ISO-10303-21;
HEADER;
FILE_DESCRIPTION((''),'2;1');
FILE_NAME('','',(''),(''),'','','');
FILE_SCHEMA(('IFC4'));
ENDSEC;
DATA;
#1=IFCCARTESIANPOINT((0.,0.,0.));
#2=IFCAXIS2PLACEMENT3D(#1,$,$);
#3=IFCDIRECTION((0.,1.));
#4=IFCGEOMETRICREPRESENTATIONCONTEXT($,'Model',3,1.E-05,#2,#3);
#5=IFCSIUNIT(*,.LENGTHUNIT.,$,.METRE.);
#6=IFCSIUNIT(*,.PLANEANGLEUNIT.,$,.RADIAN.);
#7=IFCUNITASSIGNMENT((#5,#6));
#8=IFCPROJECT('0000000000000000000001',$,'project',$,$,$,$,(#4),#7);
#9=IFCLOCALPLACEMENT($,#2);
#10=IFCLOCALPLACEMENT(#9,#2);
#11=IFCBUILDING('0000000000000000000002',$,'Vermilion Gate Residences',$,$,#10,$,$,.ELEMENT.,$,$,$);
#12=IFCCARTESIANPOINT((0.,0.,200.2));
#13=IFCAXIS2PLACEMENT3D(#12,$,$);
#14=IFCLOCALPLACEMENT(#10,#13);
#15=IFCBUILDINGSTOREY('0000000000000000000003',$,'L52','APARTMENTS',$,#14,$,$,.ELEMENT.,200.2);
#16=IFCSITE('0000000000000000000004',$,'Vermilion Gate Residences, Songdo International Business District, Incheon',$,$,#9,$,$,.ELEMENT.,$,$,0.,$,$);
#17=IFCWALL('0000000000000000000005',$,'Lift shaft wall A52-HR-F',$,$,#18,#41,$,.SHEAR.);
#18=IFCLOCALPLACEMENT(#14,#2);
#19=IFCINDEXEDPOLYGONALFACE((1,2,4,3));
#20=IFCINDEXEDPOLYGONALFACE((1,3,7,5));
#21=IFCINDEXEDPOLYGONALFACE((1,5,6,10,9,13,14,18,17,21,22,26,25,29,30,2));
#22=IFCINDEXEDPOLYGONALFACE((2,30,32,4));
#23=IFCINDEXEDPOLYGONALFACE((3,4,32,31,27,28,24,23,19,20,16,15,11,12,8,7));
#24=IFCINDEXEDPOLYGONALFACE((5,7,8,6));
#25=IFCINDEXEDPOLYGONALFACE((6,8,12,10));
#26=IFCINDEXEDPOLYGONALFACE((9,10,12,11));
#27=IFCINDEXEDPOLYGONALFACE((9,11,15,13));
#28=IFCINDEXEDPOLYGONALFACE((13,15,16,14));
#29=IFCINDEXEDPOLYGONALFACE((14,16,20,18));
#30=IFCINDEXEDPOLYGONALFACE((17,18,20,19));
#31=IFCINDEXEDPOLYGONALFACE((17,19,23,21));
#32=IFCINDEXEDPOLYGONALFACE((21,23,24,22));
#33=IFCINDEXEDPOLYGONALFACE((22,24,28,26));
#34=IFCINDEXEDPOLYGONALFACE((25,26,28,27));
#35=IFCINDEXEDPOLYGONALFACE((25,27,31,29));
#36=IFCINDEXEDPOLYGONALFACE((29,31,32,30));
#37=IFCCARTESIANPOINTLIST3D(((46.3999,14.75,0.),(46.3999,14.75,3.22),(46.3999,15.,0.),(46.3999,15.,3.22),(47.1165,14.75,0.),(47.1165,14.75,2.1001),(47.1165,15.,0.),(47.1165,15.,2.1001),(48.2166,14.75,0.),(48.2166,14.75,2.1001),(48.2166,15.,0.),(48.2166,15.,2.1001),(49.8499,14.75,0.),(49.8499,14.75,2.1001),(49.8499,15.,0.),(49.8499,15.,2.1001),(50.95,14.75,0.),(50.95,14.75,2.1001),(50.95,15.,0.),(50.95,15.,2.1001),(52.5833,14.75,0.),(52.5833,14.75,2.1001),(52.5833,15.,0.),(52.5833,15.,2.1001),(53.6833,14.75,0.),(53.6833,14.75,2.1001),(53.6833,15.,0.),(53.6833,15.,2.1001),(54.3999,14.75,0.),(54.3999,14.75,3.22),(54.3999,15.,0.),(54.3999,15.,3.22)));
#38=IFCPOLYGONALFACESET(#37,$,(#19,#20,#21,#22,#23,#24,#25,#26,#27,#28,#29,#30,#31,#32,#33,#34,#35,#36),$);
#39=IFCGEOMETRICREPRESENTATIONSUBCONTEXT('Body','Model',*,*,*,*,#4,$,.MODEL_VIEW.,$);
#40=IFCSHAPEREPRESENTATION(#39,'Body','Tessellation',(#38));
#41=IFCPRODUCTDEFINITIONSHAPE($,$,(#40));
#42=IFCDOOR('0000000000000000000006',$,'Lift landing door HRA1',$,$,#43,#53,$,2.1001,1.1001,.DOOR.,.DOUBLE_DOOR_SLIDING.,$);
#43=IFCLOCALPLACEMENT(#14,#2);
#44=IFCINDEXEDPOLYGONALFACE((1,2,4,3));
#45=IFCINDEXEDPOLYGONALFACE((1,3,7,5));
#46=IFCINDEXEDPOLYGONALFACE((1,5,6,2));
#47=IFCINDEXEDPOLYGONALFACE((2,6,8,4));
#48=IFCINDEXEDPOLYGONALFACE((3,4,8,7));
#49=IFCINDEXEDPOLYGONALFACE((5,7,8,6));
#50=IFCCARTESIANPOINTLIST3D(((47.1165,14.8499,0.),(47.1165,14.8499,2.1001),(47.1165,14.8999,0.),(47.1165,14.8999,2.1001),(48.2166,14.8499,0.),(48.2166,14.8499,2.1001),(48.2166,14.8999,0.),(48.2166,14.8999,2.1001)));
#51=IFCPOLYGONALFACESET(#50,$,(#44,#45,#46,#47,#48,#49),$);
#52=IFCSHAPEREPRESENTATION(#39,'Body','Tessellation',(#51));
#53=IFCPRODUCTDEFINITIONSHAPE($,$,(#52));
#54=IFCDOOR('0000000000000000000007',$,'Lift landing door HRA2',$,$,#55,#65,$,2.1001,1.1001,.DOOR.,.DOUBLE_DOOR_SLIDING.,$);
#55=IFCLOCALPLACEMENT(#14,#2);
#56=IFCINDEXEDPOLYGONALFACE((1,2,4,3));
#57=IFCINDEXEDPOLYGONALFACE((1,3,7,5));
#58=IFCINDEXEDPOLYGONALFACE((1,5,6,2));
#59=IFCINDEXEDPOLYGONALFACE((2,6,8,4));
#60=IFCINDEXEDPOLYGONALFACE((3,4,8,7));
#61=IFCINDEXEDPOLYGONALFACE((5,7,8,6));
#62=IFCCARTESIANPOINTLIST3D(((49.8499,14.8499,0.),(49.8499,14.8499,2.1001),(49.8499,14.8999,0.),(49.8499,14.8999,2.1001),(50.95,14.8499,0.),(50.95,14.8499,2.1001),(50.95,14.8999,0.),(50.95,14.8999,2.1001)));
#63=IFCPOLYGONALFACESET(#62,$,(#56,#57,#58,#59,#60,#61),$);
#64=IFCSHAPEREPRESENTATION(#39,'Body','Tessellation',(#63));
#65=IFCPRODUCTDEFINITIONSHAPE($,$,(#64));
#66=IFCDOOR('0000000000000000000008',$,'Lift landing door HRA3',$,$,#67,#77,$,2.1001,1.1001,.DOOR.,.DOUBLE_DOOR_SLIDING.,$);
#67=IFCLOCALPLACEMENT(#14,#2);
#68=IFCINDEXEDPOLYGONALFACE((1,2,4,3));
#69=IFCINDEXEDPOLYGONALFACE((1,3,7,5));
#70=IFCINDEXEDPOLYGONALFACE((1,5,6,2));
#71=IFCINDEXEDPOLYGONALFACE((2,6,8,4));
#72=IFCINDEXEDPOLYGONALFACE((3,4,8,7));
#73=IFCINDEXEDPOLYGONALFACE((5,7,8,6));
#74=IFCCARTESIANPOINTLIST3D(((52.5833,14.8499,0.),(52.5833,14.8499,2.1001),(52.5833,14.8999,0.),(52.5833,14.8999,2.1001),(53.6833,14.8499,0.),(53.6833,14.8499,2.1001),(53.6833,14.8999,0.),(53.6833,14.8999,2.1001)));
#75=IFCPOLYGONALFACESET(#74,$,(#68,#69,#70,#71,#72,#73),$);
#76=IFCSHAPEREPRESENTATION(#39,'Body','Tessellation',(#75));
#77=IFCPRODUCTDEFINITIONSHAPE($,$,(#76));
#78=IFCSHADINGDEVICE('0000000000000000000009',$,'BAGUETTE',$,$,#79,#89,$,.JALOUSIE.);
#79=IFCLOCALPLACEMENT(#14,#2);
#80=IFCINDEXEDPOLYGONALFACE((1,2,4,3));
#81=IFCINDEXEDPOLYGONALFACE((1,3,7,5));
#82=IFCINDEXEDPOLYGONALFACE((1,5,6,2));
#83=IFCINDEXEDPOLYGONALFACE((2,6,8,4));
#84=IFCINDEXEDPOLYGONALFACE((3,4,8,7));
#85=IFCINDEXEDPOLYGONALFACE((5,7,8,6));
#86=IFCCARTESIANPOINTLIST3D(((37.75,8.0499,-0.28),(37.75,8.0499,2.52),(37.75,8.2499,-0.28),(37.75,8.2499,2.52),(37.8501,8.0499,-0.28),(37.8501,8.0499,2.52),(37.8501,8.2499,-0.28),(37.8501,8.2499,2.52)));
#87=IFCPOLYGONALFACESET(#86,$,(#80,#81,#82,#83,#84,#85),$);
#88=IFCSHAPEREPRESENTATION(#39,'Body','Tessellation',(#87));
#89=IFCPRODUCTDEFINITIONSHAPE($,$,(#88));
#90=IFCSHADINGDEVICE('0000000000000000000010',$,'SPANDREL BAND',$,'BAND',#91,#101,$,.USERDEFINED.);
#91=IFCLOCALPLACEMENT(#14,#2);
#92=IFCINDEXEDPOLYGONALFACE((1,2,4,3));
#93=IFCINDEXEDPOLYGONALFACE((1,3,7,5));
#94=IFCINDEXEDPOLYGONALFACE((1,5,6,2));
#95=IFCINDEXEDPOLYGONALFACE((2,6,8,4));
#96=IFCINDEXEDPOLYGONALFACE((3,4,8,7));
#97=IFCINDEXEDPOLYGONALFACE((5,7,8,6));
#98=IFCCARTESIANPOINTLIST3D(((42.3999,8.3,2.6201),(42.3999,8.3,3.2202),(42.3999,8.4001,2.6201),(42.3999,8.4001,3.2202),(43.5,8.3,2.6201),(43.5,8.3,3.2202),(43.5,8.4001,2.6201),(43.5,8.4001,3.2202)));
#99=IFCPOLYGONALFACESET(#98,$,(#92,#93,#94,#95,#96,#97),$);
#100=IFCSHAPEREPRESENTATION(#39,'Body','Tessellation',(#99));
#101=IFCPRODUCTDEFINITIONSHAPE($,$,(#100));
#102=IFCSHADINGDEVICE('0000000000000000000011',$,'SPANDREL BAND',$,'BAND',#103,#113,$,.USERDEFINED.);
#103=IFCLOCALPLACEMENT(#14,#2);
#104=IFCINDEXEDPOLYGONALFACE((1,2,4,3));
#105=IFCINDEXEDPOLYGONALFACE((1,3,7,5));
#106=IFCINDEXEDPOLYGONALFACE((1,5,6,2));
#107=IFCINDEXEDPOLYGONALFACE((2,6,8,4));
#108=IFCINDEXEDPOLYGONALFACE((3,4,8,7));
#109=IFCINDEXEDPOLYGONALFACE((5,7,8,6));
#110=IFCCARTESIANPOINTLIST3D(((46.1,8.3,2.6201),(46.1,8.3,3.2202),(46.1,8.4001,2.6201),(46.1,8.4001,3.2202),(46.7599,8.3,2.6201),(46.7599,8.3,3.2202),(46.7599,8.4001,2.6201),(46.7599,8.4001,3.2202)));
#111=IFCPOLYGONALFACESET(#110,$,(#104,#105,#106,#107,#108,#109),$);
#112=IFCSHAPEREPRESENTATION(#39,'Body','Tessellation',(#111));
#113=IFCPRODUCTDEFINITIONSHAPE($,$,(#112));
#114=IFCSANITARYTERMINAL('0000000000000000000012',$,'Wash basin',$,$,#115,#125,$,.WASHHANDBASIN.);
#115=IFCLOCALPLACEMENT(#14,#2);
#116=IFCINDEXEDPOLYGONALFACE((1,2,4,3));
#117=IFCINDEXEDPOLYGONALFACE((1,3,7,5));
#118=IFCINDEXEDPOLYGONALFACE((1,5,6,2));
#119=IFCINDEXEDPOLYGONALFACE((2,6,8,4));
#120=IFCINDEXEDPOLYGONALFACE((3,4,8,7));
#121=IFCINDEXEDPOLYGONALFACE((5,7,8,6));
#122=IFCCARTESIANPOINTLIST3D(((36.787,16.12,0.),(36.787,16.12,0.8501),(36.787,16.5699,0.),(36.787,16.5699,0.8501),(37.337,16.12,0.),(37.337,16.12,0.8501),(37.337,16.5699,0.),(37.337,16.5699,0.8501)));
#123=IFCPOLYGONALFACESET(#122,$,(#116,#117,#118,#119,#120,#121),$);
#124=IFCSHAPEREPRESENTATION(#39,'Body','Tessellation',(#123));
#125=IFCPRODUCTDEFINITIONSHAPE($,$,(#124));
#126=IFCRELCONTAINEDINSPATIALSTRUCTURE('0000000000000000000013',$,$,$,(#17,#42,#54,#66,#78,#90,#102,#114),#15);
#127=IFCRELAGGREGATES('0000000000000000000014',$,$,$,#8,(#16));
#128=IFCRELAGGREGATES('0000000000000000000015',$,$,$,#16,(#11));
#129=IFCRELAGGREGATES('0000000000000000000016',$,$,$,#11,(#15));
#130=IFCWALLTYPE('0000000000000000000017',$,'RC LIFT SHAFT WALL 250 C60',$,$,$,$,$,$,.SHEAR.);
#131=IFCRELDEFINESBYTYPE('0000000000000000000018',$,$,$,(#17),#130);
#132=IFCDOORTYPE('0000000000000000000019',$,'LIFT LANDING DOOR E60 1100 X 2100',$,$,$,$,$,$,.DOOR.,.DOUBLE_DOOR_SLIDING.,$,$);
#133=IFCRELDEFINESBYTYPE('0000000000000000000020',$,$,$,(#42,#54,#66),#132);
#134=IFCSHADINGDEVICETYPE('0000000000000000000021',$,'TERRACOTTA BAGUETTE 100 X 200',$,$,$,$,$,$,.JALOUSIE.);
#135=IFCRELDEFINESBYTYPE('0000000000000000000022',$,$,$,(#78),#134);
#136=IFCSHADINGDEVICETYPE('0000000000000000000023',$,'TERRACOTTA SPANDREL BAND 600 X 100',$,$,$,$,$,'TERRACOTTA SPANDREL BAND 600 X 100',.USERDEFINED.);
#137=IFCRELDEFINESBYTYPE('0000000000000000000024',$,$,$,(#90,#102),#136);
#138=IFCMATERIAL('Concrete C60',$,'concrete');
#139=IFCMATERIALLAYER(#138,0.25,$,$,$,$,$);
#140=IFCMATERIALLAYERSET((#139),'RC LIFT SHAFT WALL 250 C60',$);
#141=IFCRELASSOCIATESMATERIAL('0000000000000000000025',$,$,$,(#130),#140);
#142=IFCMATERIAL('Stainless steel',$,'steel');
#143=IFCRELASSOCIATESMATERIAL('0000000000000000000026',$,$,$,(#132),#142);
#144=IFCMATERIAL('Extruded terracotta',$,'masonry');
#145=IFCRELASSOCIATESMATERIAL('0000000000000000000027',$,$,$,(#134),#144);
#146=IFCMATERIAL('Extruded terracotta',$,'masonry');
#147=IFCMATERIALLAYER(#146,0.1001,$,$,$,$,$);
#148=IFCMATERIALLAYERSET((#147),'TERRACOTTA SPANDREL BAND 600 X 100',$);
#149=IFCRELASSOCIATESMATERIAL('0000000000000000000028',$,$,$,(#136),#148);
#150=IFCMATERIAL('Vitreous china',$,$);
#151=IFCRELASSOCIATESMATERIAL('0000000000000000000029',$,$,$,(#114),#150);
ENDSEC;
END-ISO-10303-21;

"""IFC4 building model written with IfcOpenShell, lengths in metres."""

from ifc_helpers import new_model, si_unit, direction, frame, frame_2d, origin, origin_2d, place, context, subcontext, project, spatial, rectangle, extrude, material, layer, layer_set, material_profile, profile_set, type_object, element, fill, save


model = new_model("IFC4")

# Units and contexts
model_context = context("Model", 3, precision=1e-05, world=origin(), true_north=direction((0.0, 1.0)))
body_context = subcontext(model_context, "Body", "Model", "MODEL_VIEW")
ifc_project = project(units=[si_unit("LENGTHUNIT", "METRE"), si_unit("PLANEANGLEUNIT", "RADIAN")], contexts=[model_context])

# Site, building, storey
site_placement = place(None, origin())
site = spatial("IfcSite", under=ifc_project, at=site_placement, Name="Vermilion Gate Residences, Songdo International Business District, Incheon", CompositionType="ELEMENT", RefElevation=0.0)
building_placement = place(site_placement, origin())
building = spatial("IfcBuilding", under=site, at=building_placement, Name="Vermilion Gate Residences", CompositionType="ELEMENT")
storey_placement = place(building_placement, frame((0.0, 0.0, 200.2)))
storey = spatial("IfcBuildingStorey", under=building, at=storey_placement, Name="L52", Description="APARTMENTS", CompositionType="ELEMENT", Elevation=200.2)

# Wall, openings, doors
ifc_material_1 = material(Name="Concrete C60", Category="concrete")
ifc_layer_1 = layer(ifc_material_1, 0.25)
ifc_layer_set_1 = layer_set([ifc_layer_1], Name="RC LIFT SHAFT WALL 250 C60")
wall_type_1 = type_object("IfcWallType", Name="RC LIFT SHAFT WALL 250 C60", PredefinedType="SHEAR", material=ifc_layer_set_1)
wall_1_placement = place(storey_placement, frame((46.3999, 14.875, 0.0), z_axis=(0.0, 0.0, 1.0), x_axis=(1.0, 0.0, 0.0)))
wall_1 = element("IfcWall", 1, at=wall_1_placement, inside=storey, type_object=wall_type_1, Name="Lift shaft wall A52-HR-F", PredefinedType="SHEAR", context=body_context, shape_type="SweptSolid", body=[
    extrude(rectangle(XDim=8.0, YDim=0.25, at=frame_2d((4.0, 0.0))), origin(), (0.0, 0.0, 1.0), 3.22),
])
opening_1_placement = place(wall_1_placement, frame((0.7166, 0.0, 0.0)))
opening_1 = element("IfcOpeningElement", 2, at=opening_1_placement, cuts=wall_1, PredefinedType="OPENING", context=body_context, shape_type="SweptSolid", body=[
    extrude(rectangle(XDim=1.1001, YDim=2.1001, at=frame_2d((0.55, 1.05))), frame((0.0, 0.135, 0.0), z_axis=(0.0, -1.0, 0.0), x_axis=(1.0, 0.0, 0.0)), (0.0, 0.0, 1.0), 0.27),
])
opening_2_placement = place(wall_1_placement, frame((3.45, 0.0, 0.0)))
opening_2 = element("IfcOpeningElement", 3, at=opening_2_placement, cuts=wall_1, PredefinedType="OPENING", context=body_context, shape_type="SweptSolid", body=[
    extrude(rectangle(XDim=1.1001, YDim=2.1001, at=frame_2d((0.55, 1.05))), frame((0.0, 0.135, 0.0), z_axis=(0.0, -1.0, 0.0), x_axis=(1.0, 0.0, 0.0)), (0.0, 0.0, 1.0), 0.27),
])
opening_3_placement = place(wall_1_placement, frame((6.1833, 0.0, 0.0)))
opening_3 = element("IfcOpeningElement", 4, at=opening_3_placement, cuts=wall_1, PredefinedType="OPENING", context=body_context, shape_type="SweptSolid", body=[
    extrude(rectangle(XDim=1.1001, YDim=2.1001, at=frame_2d((0.55, 1.05))), frame((0.0, 0.135, 0.0), z_axis=(0.0, -1.0, 0.0), x_axis=(1.0, 0.0, 0.0)), (0.0, 0.0, 1.0), 0.27),
])
ifc_material_2 = material(Name="Stainless steel", Category="steel")
door_type_1 = type_object("IfcDoorType", Name="LIFT LANDING DOOR E60 1100 X 2100", OperationType="DOUBLE_DOOR_SLIDING", PredefinedType="DOOR", material=ifc_material_2)
door_1_placement = place(opening_1_placement, origin())
door_1 = element("IfcDoor", 5, at=door_1_placement, inside=storey, type_object=door_type_1, Name="Lift landing door HRA1", OperationType="DOUBLE_DOOR_SLIDING", OverallHeight=2.1001, OverallWidth=1.1001, PredefinedType="DOOR", context=body_context, shape_type="SweptSolid", body=[
    extrude(rectangle(XDim=1.1001, YDim=2.1001, at=frame_2d((0.55, 1.05))), frame((0.0, 0.0249, 0.0), z_axis=(0.0, -1.0, 0.0), x_axis=(1.0, 0.0, 0.0)), (0.0, 0.0, 1.0), 0.05),
])
fill(opening_1, door_1)
door_2_placement = place(opening_2_placement, origin())
door_2 = element("IfcDoor", 6, at=door_2_placement, inside=storey, type_object=door_type_1, Name="Lift landing door HRA2", OperationType="DOUBLE_DOOR_SLIDING", OverallHeight=2.1001, OverallWidth=1.1001, PredefinedType="DOOR", context=body_context, shape_type="SweptSolid", body=[
    extrude(rectangle(XDim=1.1001, YDim=2.1001, at=frame_2d((0.55, 1.05))), frame((0.0, 0.0249, 0.0), z_axis=(0.0, -1.0, 0.0), x_axis=(1.0, 0.0, 0.0)), (0.0, 0.0, 1.0), 0.05),
])
fill(opening_2, door_2)
door_3_placement = place(opening_3_placement, origin())
door_3 = element("IfcDoor", 7, at=door_3_placement, inside=storey, type_object=door_type_1, Name="Lift landing door HRA3", OperationType="DOUBLE_DOOR_SLIDING", OverallHeight=2.1001, OverallWidth=1.1001, PredefinedType="DOOR", context=body_context, shape_type="SweptSolid", body=[
    extrude(rectangle(XDim=1.1001, YDim=2.1001, at=frame_2d((0.55, 1.05))), frame((0.0, 0.0249, 0.0), z_axis=(0.0, -1.0, 0.0), x_axis=(1.0, 0.0, 0.0)), (0.0, 0.0, 1.0), 0.05),
])
fill(opening_3, door_3)

# Shading devices
ifc_material_3 = material(Name="Extruded terracotta", Category="masonry")
ifc_material_profile_1 = material_profile(ifc_material_3, rectangle(XDim=0.2, YDim=0.1001, at=origin_2d()), Name="BAGUETTE 100 X 200")
ifc_profile_set_1 = profile_set([ifc_material_profile_1], Name="Extruded terracotta")
shading_device_type_1 = type_object("IfcShadingDeviceType", Name="TERRACOTTA BAGUETTE 100 X 200", PredefinedType="JALOUSIE", material=ifc_profile_set_1)
shading_device_1_placement = place(storey_placement, frame((37.8, 8.1499, -0.28), z_axis=(0.0, 0.0, 1.0), x_axis=(0.0, 1.0, 0.0)))
element("IfcShadingDevice", 8, at=shading_device_1_placement, inside=storey, type_object=shading_device_type_1, Name="BAGUETTE", PredefinedType="JALOUSIE", context=body_context, shape_type="SweptSolid", body=[
    extrude(rectangle(XDim=0.2, YDim=0.1001, at=origin_2d()), origin(), (0.0, 0.0, 1.0), 2.8),
])
ifc_material_4 = material(Name="Extruded terracotta", Category="masonry")
ifc_layer_2 = layer(ifc_material_4, 0.1001)
ifc_layer_set_2 = layer_set([ifc_layer_2], Name="TERRACOTTA SPANDREL BAND 600 X 100")
shading_device_type_2 = type_object("IfcShadingDeviceType", Name="TERRACOTTA SPANDREL BAND 600 X 100", ElementType="TERRACOTTA SPANDREL BAND 600 X 100", PredefinedType="USERDEFINED", material=ifc_layer_set_2)
shading_device_2_placement = place(storey_placement, frame((42.95, 8.3501, 2.6201), z_axis=(0.0, 0.0, 1.0), x_axis=(1.0, 0.0, 0.0)))
element("IfcShadingDevice", 9, at=shading_device_2_placement, inside=storey, type_object=shading_device_type_2, Name="SPANDREL BAND", ObjectType="BAND", PredefinedType="USERDEFINED", context=body_context, shape_type="SweptSolid", body=[
    extrude(rectangle(XDim=1.1001, YDim=0.1001, at=origin_2d()), origin(), (0.0, 0.0, 1.0), 0.6001),
])
shading_device_3_placement = place(storey_placement, frame((46.4299, 8.3501, 2.6201), z_axis=(0.0, 0.0, 1.0), x_axis=(1.0, 0.0, 0.0)))
element("IfcShadingDevice", 10, at=shading_device_3_placement, inside=storey, type_object=shading_device_type_2, Name="SPANDREL BAND", ObjectType="BAND", PredefinedType="USERDEFINED", context=body_context, shape_type="SweptSolid", body=[
    extrude(rectangle(XDim=0.6599, YDim=0.1001, at=origin_2d()), origin(), (0.0, 0.0, 1.0), 0.6001),
])

# Sanitary terminal
ifc_material_5 = material(Name="Vitreous china")
sanitary_terminal_placement = place(storey_placement, frame((37.062, 16.345, 0.0), z_axis=(0.0, 0.0, 1.0), x_axis=(1.0, 0.0, 0.0)))
element("IfcSanitaryTerminal", 11, at=sanitary_terminal_placement, inside=storey, material=ifc_material_5, Name="Wash basin", PredefinedType="WASHHANDBASIN", context=body_context, shape_type="SweptSolid", body=[
    extrude(rectangle(XDim=0.55, YDim=0.45, at=origin_2d()), origin(), (0.0, 0.0, 1.0), 0.8501),
])

save(model, "model.ifc")
